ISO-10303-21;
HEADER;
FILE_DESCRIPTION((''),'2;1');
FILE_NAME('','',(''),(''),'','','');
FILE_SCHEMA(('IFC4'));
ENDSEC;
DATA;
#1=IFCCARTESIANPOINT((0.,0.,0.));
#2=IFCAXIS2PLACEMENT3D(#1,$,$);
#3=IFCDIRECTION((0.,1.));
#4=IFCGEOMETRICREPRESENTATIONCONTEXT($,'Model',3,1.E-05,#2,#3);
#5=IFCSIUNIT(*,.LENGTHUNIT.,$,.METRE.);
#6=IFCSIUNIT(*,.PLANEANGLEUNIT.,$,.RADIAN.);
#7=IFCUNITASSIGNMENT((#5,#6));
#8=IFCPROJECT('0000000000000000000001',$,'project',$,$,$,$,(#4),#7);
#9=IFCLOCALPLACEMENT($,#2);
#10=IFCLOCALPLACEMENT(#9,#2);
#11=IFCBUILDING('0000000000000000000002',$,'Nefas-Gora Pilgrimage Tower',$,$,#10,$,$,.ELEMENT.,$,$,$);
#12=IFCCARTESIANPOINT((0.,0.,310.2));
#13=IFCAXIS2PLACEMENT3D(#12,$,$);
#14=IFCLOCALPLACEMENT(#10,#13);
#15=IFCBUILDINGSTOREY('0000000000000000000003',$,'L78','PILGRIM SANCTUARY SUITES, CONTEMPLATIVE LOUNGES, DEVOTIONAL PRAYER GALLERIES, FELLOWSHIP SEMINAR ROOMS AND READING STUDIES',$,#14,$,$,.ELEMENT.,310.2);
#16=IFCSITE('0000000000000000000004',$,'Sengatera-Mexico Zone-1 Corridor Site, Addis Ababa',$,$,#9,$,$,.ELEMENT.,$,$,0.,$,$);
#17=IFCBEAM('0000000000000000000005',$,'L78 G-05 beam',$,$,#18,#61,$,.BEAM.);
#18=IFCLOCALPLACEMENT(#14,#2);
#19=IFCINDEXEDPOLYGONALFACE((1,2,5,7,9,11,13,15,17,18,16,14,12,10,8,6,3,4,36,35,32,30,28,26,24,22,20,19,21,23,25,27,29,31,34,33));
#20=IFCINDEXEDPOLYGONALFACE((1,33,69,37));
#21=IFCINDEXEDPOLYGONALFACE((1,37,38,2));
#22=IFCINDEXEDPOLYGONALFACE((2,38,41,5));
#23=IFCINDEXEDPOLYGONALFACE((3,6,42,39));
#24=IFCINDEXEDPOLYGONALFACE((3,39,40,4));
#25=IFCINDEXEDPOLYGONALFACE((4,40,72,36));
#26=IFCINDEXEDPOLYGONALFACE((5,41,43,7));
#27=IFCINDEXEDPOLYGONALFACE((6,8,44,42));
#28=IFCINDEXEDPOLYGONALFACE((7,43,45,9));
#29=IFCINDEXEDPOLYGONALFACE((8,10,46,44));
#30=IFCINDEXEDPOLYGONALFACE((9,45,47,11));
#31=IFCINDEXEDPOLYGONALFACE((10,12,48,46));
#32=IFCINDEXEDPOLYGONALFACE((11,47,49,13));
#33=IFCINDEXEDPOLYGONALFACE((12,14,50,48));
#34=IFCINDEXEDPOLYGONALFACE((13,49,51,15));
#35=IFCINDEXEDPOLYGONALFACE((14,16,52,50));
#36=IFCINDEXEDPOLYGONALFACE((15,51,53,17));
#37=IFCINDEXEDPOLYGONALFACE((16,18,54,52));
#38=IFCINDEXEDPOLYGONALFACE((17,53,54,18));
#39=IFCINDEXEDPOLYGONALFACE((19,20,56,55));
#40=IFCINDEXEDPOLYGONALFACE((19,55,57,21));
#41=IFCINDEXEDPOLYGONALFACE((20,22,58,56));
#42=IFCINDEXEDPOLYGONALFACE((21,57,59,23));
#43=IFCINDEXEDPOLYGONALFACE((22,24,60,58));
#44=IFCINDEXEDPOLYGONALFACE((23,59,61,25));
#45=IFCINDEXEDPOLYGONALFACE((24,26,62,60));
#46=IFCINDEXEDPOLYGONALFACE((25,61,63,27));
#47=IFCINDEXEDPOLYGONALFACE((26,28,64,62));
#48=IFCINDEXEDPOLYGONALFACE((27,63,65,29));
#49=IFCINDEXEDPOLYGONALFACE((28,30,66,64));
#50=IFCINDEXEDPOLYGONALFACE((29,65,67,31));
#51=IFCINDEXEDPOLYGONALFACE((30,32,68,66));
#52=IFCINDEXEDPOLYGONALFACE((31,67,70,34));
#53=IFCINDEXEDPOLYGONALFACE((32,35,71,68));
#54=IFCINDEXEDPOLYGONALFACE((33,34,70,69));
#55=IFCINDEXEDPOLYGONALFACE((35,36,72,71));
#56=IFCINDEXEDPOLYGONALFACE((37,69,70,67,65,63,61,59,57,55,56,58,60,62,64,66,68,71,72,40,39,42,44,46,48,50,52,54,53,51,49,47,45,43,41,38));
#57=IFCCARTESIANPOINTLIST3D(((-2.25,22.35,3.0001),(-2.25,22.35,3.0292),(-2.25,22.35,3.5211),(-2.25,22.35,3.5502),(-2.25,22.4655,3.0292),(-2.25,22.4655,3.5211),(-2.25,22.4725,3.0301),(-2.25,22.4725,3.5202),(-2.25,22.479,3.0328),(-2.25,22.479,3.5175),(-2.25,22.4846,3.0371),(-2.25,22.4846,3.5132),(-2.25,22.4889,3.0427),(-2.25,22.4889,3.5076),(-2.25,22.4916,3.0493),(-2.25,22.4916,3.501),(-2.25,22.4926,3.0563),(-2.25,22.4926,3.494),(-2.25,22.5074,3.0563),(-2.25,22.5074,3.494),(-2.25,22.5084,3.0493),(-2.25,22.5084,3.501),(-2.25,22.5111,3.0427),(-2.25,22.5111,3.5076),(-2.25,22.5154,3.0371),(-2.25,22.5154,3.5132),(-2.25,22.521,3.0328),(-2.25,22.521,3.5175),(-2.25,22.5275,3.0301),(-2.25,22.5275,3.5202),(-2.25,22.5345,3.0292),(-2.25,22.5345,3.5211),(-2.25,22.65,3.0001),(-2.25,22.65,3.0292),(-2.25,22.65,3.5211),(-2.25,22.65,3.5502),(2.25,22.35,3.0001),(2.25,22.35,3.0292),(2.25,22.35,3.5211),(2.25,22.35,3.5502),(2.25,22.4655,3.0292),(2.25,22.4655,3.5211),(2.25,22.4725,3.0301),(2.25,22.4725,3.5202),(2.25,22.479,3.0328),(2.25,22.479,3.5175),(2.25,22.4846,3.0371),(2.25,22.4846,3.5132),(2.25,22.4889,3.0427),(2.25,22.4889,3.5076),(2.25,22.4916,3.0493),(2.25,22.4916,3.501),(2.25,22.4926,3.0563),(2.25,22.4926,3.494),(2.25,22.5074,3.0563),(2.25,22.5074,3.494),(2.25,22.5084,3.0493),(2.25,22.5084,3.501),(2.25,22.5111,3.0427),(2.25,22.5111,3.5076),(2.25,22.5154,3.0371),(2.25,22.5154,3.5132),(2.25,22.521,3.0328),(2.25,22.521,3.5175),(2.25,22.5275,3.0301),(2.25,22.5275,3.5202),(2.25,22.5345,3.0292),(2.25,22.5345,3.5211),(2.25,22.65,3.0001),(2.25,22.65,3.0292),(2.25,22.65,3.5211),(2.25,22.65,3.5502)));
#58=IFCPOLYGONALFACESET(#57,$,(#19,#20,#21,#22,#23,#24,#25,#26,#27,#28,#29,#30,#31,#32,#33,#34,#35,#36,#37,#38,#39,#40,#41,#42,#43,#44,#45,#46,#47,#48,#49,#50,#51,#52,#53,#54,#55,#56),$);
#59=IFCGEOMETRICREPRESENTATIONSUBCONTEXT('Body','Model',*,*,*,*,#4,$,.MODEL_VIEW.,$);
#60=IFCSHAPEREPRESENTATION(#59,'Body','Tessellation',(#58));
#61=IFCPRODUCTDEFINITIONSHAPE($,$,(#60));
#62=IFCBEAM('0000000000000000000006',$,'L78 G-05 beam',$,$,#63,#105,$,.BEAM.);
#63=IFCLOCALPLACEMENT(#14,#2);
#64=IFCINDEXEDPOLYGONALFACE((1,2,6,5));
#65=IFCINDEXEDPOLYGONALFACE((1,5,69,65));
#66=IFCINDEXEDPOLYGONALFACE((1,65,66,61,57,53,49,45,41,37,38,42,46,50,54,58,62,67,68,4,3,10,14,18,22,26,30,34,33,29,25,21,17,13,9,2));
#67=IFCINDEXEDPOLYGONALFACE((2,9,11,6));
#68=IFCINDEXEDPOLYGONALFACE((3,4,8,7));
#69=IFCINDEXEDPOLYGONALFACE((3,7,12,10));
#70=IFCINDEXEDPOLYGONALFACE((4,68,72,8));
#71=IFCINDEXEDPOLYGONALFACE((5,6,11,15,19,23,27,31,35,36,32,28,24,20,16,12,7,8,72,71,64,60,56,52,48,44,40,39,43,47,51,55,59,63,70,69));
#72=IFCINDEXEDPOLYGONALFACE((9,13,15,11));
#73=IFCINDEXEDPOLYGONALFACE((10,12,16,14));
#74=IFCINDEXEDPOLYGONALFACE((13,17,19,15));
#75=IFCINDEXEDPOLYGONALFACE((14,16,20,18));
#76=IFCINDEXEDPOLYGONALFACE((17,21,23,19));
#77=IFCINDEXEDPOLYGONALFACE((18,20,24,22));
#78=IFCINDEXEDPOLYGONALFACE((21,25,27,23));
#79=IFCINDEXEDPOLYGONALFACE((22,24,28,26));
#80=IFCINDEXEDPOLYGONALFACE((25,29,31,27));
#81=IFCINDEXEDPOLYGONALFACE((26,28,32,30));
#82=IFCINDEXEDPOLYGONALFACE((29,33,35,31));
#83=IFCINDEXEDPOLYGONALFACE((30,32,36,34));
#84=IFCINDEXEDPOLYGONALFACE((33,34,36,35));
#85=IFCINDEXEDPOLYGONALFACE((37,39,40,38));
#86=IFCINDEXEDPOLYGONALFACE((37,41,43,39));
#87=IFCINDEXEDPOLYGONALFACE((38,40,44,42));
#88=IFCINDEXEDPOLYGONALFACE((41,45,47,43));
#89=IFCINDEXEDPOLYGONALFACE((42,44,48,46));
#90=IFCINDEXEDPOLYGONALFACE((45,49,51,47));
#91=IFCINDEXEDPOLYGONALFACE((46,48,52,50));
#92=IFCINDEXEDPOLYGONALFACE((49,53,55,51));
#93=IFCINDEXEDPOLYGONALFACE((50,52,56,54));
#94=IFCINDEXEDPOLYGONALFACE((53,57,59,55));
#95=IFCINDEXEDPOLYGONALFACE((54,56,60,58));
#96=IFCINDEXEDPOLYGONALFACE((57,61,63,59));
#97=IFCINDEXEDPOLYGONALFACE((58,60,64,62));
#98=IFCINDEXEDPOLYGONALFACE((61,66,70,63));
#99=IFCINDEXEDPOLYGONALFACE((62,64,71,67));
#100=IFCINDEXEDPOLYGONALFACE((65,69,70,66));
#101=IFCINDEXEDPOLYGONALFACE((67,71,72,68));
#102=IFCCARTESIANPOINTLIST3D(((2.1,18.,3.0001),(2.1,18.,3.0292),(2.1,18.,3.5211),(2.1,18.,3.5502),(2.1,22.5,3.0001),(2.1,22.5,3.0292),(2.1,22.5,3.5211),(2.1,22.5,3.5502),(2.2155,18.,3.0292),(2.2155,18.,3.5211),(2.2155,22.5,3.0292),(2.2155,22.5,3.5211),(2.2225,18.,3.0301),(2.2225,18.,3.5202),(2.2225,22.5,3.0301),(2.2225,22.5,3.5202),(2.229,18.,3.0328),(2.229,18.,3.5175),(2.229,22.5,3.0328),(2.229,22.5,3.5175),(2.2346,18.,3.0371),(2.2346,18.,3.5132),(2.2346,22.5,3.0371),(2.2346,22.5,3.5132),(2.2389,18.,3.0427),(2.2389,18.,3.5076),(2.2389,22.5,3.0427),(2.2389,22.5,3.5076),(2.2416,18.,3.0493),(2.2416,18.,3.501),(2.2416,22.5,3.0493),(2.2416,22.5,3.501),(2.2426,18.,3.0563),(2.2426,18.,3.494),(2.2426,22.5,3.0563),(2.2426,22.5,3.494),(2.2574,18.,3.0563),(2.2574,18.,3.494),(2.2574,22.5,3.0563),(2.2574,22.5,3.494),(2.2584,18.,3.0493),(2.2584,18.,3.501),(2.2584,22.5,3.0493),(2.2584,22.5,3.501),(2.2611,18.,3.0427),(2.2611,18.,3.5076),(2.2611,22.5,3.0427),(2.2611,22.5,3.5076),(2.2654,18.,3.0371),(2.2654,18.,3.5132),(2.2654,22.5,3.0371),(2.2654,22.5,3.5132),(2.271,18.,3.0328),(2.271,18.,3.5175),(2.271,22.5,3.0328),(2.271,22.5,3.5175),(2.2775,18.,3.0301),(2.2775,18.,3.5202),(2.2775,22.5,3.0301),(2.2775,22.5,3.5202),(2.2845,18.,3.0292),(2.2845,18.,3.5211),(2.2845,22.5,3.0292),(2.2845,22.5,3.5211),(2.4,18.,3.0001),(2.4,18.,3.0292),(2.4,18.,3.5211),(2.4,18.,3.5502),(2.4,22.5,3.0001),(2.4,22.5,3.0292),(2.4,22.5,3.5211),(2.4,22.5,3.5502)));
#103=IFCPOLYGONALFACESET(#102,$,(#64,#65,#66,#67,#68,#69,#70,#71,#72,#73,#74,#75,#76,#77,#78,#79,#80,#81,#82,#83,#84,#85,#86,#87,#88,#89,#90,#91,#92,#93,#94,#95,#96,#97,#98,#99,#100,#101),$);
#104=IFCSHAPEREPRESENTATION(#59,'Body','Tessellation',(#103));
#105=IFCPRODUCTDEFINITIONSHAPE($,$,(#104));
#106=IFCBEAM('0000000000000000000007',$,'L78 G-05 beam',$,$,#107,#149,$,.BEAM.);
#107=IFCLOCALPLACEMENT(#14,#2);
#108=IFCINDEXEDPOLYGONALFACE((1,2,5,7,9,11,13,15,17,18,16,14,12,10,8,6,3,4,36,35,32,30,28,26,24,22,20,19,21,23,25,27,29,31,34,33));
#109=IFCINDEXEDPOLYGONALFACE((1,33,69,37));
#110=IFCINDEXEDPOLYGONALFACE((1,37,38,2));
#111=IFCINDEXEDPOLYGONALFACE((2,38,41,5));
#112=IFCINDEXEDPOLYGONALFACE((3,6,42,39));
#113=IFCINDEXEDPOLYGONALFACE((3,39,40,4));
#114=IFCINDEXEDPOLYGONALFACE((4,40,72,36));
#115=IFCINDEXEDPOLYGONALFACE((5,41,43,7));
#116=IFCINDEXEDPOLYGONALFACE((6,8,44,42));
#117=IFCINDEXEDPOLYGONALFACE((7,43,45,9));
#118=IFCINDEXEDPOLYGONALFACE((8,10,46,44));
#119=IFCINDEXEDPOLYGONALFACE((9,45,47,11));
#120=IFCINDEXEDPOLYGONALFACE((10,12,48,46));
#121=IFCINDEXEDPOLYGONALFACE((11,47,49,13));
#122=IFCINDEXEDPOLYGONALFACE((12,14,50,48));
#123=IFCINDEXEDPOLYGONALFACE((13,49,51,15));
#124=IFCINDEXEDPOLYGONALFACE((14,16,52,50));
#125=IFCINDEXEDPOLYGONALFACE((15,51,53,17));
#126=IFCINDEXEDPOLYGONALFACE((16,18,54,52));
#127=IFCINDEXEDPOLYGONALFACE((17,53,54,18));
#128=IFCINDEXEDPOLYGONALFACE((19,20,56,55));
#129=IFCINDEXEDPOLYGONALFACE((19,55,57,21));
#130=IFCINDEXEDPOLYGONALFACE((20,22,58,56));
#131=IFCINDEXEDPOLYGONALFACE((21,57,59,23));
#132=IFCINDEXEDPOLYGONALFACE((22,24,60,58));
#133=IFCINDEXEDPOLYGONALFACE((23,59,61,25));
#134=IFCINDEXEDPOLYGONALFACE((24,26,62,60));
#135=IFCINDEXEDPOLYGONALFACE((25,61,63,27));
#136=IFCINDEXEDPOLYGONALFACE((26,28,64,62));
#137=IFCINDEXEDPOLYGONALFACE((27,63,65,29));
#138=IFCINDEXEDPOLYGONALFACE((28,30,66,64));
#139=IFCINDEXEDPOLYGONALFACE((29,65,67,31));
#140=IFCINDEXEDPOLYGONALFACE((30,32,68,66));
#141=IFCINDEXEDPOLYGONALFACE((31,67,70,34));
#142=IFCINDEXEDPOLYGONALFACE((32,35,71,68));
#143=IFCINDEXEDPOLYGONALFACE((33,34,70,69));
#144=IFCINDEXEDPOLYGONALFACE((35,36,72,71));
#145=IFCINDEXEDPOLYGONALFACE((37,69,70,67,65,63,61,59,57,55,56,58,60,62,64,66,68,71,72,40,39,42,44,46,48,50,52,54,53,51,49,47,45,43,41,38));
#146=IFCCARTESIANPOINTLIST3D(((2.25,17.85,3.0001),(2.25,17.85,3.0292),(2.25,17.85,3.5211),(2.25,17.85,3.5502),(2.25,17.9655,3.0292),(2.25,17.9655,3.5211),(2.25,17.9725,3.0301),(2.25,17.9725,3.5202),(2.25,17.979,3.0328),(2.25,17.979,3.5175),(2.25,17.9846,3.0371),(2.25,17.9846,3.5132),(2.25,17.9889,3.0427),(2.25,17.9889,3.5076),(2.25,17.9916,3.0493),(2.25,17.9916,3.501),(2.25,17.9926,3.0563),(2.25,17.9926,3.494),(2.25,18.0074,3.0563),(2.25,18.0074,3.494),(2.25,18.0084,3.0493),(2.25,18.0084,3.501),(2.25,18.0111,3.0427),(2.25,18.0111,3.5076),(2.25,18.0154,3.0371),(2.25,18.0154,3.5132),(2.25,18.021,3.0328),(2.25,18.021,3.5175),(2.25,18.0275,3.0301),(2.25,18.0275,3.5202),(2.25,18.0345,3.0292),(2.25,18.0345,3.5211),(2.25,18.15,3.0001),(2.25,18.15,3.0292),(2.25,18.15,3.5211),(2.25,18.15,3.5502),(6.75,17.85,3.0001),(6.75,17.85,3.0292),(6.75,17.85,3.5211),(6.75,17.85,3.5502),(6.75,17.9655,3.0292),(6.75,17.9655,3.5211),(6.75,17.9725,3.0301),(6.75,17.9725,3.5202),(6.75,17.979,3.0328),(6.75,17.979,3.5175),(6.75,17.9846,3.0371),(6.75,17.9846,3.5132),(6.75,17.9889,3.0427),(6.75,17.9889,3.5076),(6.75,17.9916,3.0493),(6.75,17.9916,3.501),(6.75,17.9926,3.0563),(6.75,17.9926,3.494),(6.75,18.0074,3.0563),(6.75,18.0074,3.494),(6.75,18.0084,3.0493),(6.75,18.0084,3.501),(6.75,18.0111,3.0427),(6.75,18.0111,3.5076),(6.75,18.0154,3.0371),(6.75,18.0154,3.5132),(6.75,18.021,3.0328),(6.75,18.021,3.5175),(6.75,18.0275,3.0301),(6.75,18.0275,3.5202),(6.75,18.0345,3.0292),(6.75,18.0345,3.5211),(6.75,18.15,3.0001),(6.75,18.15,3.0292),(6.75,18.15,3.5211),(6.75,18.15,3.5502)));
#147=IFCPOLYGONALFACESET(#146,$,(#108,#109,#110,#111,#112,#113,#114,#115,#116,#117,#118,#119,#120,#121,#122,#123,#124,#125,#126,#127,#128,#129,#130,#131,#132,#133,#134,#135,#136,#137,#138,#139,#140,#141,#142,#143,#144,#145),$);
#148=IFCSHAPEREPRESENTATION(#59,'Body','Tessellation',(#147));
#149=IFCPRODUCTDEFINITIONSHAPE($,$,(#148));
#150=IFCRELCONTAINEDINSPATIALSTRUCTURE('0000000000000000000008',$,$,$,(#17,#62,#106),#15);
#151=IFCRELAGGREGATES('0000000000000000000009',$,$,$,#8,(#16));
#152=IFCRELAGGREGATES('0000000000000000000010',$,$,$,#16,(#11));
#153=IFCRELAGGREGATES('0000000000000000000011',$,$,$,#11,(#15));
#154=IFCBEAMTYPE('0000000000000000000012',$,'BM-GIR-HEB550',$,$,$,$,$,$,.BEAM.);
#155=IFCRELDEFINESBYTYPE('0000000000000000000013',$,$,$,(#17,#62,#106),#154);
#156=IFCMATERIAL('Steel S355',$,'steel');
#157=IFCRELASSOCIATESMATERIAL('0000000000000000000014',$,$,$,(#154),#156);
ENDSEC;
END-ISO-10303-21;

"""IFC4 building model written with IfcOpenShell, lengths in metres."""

from ifc_helpers import new_model, si_unit, direction, frame, origin, origin_2d, place, context, subcontext, project, spatial, i_section, extrude, source, transform, mapped, material, material_profile, profile_set, type_object, element, save


model = new_model("IFC4")

# Units and contexts
model_context = context("Model", 3, precision=1e-05, world=origin(), true_north=direction((0.0, 1.0)))
body_context = subcontext(model_context, "Body", "Model", "MODEL_VIEW")
ifc_project = project(units=[si_unit("LENGTHUNIT", "METRE"), si_unit("PLANEANGLEUNIT", "RADIAN")], contexts=[model_context])

# Site, building, storey
site_placement = place(None, origin())
site = spatial("IfcSite", under=ifc_project, at=site_placement, Name="Sengatera-Mexico Zone-1 Corridor Site, Addis Ababa", CompositionType="ELEMENT", RefElevation=0.0)
building_placement = place(site_placement, origin())
building = spatial("IfcBuilding", under=site, at=building_placement, Name="Nefas-Gora Pilgrimage Tower", CompositionType="ELEMENT")
storey_placement = place(building_placement, frame((0.0, 0.0, 310.2)))
storey = spatial("IfcBuildingStorey", under=building, at=storey_placement, Name="L78", Description="PILGRIM SANCTUARY SUITES, CONTEMPLATIVE LOUNGES, DEVOTIONAL PRAYER GALLERIES, FELLOWSHIP SEMINAR ROOMS AND READING STUDIES", CompositionType="ELEMENT", Elevation=310.2)

# Shared definitions
ifc_material_1 = material(Name="Steel S355", Category="steel")

# Beams
ifc_material_profile_1 = material_profile(ifc_material_1, i_section(OverallWidth=0.3, OverallDepth=0.55, WebThickness=0.0149, FlangeThickness=0.0291, FilletRadius=0.0271, at=origin_2d()), Name="HEB 550")
ifc_profile_set_1 = profile_set([ifc_material_profile_1], Name="Steel S355")
beam_type = type_object("IfcBeamType", Name="BM-GIR-HEB550", PredefinedType="BEAM", material=ifc_profile_set_1)
shared_shape_1 = source(origin(), body_context, "Body", "SweptSolid", [
    extrude(i_section(OverallWidth=0.3, OverallDepth=0.55, WebThickness=0.0149, FlangeThickness=0.0291, FilletRadius=0.0271, at=origin_2d()), origin(), (0.0, 0.0, 1.0), 4.5),
])
for number, where, z_axis, x_axis, name in (
    (1, (-2.25, 22.5, 3.2751), (1.0, 0.0, 0.0), (0.0, 1.0, 0.0), "L78 G-05 beam"),
    (2, (2.25, 18.0, 3.2751), (0.0, 1.0, 0.0), (-1.0, 0.0, 0.0), "L78 G-05 beam"),
    (3, (2.25, 18.0, 3.2751), (1.0, 0.0, 0.0), (0.0, 1.0, 0.0), "L78 G-05 beam"),
):
    element("IfcBeam", number, at=place(storey_placement, frame(where, z_axis=z_axis, x_axis=x_axis)), inside=storey, type_object=beam_type, Name=name, PredefinedType="BEAM", context=body_context, shape_type="MappedRepresentation", body=[
        mapped(shared_shape_1, transform((0.0, 0.0, 0.0), x_axis=(1.0, 0.0, 0.0), y_axis=(0.0, 1.0, 0.0), z_axis=(0.0, 0.0, 1.0), scale=1.0)),
    ])

save(model, "model.ifc")
